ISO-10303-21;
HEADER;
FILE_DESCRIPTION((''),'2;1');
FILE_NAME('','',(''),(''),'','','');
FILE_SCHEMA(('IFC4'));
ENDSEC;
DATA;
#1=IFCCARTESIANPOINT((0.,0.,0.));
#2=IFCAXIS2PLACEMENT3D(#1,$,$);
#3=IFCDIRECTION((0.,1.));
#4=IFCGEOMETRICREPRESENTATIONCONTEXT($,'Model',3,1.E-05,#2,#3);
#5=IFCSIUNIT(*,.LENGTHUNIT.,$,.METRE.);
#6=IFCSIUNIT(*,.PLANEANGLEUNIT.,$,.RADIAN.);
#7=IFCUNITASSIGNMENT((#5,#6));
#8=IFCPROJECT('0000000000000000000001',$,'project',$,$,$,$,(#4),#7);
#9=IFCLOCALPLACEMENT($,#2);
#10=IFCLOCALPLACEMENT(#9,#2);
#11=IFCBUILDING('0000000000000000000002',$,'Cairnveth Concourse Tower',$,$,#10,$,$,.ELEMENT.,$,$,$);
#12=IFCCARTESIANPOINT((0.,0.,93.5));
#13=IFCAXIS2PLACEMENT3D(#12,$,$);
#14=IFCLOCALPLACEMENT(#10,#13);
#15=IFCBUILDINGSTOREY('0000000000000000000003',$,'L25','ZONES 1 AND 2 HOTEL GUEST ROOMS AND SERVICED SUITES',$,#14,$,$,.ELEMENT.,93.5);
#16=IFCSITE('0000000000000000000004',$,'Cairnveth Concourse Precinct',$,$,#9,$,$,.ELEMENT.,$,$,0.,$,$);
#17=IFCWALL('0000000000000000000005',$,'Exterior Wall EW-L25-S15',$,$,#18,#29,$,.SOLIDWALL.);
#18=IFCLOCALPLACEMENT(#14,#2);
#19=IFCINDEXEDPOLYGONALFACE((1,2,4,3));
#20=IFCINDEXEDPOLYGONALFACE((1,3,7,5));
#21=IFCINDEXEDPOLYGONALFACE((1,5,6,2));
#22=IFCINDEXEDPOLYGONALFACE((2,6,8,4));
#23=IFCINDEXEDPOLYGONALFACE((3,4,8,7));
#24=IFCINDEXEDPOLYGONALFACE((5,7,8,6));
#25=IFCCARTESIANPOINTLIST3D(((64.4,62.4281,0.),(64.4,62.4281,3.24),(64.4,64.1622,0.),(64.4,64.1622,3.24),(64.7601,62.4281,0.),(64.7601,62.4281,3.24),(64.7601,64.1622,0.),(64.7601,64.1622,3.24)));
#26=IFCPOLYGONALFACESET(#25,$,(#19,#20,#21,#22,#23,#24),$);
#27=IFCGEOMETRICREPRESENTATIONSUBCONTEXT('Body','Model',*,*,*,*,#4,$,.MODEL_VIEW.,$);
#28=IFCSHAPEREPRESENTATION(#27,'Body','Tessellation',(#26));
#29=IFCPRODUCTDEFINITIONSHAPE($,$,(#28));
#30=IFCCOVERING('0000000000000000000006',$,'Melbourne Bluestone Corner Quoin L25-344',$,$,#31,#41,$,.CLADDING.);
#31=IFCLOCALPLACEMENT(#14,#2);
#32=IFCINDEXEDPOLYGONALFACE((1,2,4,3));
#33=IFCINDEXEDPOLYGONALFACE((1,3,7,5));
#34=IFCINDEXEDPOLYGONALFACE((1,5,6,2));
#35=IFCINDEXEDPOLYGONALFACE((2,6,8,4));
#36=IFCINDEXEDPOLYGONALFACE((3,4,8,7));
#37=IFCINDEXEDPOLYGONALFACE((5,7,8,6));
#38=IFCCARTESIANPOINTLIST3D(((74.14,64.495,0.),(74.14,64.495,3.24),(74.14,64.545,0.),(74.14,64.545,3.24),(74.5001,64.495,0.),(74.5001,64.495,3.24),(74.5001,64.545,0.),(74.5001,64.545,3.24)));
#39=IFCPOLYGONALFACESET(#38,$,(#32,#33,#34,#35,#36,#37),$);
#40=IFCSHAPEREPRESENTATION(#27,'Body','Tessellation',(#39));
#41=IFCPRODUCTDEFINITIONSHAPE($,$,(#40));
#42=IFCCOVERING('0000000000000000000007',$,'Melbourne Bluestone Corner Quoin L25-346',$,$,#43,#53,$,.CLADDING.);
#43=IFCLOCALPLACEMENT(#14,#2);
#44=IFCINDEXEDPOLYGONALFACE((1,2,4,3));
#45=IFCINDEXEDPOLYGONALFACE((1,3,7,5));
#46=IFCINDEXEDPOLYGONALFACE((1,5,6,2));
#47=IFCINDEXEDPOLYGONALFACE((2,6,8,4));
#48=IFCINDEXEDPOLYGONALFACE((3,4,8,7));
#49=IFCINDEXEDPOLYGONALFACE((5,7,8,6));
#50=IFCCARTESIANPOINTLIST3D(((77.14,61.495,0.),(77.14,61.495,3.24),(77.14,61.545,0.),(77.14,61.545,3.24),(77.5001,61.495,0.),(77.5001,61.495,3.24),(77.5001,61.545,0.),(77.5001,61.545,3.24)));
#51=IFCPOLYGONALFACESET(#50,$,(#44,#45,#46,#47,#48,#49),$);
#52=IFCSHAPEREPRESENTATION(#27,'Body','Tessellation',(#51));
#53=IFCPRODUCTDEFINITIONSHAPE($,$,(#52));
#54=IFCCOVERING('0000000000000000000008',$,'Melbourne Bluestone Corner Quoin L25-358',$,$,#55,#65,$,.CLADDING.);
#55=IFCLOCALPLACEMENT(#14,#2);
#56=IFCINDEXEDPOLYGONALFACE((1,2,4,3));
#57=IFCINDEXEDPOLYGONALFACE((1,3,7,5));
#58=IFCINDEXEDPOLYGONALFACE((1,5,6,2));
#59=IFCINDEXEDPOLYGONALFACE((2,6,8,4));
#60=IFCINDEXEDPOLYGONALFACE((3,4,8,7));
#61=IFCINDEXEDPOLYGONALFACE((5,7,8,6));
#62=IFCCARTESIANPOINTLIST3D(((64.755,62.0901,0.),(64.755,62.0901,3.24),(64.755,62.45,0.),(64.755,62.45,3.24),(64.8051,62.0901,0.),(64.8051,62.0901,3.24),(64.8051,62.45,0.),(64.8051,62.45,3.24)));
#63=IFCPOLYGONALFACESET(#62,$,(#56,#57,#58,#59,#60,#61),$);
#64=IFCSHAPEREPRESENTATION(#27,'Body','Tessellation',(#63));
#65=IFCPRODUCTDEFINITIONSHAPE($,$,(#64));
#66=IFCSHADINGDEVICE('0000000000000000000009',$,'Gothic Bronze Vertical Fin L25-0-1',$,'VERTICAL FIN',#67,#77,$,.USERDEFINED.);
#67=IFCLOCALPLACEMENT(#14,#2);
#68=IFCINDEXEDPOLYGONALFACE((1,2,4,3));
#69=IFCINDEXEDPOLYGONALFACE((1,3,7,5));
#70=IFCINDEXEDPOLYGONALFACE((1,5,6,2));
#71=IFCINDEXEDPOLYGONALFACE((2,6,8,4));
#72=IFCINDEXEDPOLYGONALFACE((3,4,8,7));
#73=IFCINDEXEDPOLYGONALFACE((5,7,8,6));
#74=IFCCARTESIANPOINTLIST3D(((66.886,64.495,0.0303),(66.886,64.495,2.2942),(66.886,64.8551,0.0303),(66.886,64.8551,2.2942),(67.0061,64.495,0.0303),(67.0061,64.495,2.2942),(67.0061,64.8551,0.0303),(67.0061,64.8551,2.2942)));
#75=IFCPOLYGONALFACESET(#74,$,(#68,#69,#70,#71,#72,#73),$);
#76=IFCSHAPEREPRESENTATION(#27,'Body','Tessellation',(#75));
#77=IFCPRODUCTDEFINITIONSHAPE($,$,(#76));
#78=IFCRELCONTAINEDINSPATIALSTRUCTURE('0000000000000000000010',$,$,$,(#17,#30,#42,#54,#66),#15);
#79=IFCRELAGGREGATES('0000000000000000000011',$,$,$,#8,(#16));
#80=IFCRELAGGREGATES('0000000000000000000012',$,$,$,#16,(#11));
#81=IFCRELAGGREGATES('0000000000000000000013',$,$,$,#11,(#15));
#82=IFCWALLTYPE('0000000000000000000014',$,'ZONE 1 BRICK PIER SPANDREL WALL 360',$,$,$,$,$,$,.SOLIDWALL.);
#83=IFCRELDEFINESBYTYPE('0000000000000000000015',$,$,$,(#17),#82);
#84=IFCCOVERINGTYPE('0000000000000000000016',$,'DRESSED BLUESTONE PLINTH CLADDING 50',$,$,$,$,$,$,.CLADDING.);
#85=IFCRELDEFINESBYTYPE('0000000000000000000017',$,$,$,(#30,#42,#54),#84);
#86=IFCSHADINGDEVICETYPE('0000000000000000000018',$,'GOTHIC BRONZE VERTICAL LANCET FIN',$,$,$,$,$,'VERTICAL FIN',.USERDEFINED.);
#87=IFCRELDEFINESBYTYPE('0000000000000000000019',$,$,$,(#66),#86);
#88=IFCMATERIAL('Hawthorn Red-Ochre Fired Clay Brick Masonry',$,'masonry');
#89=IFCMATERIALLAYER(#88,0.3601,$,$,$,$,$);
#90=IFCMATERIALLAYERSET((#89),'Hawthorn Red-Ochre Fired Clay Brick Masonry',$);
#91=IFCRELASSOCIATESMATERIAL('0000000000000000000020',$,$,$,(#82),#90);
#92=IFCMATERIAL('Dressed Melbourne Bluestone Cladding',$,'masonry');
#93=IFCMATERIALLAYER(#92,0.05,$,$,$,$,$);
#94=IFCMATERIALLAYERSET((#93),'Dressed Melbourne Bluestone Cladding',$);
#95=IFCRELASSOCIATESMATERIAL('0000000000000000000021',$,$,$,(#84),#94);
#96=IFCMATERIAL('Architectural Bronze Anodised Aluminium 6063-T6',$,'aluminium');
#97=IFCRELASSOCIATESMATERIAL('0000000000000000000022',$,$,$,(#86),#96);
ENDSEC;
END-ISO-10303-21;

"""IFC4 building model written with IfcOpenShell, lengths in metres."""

from ifc_helpers import new_model, si_unit, direction, frame, frame_2d, origin, origin_2d, place, context, subcontext, project, spatial, rectangle, extrude, material, layer, layer_set, type_object, element, save


model = new_model("IFC4")

# Units and contexts
model_context = context("Model", 3, precision=1e-05, world=origin(), true_north=direction((0.0, 1.0)))
body_context = subcontext(model_context, "Body", "Model", "MODEL_VIEW")
ifc_project = project(units=[si_unit("LENGTHUNIT", "METRE"), si_unit("PLANEANGLEUNIT", "RADIAN")], contexts=[model_context])

# Site, building, storey
site_placement = place(None, origin())
site = spatial("IfcSite", under=ifc_project, at=site_placement, Name="Cairnveth Concourse Precinct", CompositionType="ELEMENT", RefElevation=0.0)
building_placement = place(site_placement, origin())
building = spatial("IfcBuilding", under=site, at=building_placement, Name="Cairnveth Concourse Tower", CompositionType="ELEMENT")
storey_placement = place(building_placement, frame((0.0, 0.0, 93.5)))
storey = spatial("IfcBuildingStorey", under=building, at=storey_placement, Name="L25", Description="ZONES 1 AND 2 HOTEL GUEST ROOMS AND SERVICED SUITES", CompositionType="ELEMENT", Elevation=93.5)

# Shared definitions
ifc_material_1 = material(Name="Hawthorn Red-Ochre Fired Clay Brick Masonry", Category="masonry")
ifc_layer_1 = layer(ifc_material_1, 0.3601)
ifc_layer_set_1 = layer_set([ifc_layer_1], Name="Hawthorn Red-Ochre Fired Clay Brick Masonry")
wall_type = type_object("IfcWallType", Name="ZONE 1 BRICK PIER SPANDREL WALL 360", PredefinedType="SOLIDWALL", material=ifc_layer_set_1)

# Wall
wall_1_placement = place(storey_placement, frame((64.5801, 62.428, 0.0), z_axis=(0.0, 0.0, 1.0), x_axis=(0.0, 1.0, 0.0)))
element("IfcWall", 1, at=wall_1_placement, inside=storey, type_object=wall_type, Name="Exterior Wall EW-L25-S15", PredefinedType="SOLIDWALL", context=body_context, shape_type="SweptSolid", body=[
    extrude(rectangle(XDim=1.7341, YDim=0.3601, at=frame_2d((0.8672, 0.0))), origin(), (0.0, 0.0, 1.0), 3.24),
])

# Coverings
ifc_material_2 = material(Name="Dressed Melbourne Bluestone Cladding", Category="masonry")
ifc_layer_2 = layer(ifc_material_2, 0.05)
ifc_layer_set_2 = layer_set([ifc_layer_2], Name="Dressed Melbourne Bluestone Cladding")
covering_type = type_object("IfcCoveringType", Name="DRESSED BLUESTONE PLINTH CLADDING 50", PredefinedType="CLADDING", material=ifc_layer_set_2)
for number, where, z_axis, x_axis, name in (
    (2, (74.1399, 64.52, 0.0), (0.0, 0.0, 1.0), (1.0, 0.0, 0.0), "Melbourne Bluestone Corner Quoin L25-344"),
    (3, (77.1399, 61.52, 0.0), (0.0, 0.0, 1.0), (1.0, 0.0, 0.0), "Melbourne Bluestone Corner Quoin L25-346"),
):
    element("IfcCovering", number, at=place(storey_placement, frame(where, z_axis=z_axis, x_axis=x_axis)), inside=storey, type_object=covering_type, Name=name, PredefinedType="CLADDING", context=body_context, shape_type="SweptSolid", body=[
        extrude(rectangle(XDim=0.3601, YDim=0.05, at=frame_2d((0.1802, 0.0))), origin(), (0.0, 0.0, 1.0), 3.24),
    ])
covering_placement = place(storey_placement, frame((64.78, 62.0901, 0.0), z_axis=(0.0, 0.0, 1.0), x_axis=(0.0, 1.0, 0.0)))
element("IfcCovering", 4, at=covering_placement, inside=storey, type_object=covering_type, Name="Melbourne Bluestone Corner Quoin L25-358", PredefinedType="CLADDING", context=body_context, shape_type="SweptSolid", body=[
    extrude(rectangle(XDim=0.3599, YDim=0.05, at=frame_2d((0.1799, 0.0))), origin(), (0.0, 0.0, 1.0), 3.24),
])

# Shading device
ifc_material_3 = material(Name="Architectural Bronze Anodised Aluminium 6063-T6", Category="aluminium")
shading_device_type = type_object("IfcShadingDeviceType", Name="GOTHIC BRONZE VERTICAL LANCET FIN", ElementType="VERTICAL FIN", PredefinedType="USERDEFINED", material=ifc_material_3)
shading_device_placement = place(storey_placement, frame((66.946, 64.675, 0.0303), z_axis=(0.0, 0.0, 1.0), x_axis=(1.0, 0.0, 0.0)))
element("IfcShadingDevice", 5, at=shading_device_placement, inside=storey, type_object=shading_device_type, Name="Gothic Bronze Vertical Fin L25-0-1", ObjectType="VERTICAL FIN", PredefinedType="USERDEFINED", context=body_context, shape_type="SweptSolid", body=[
    extrude(rectangle(XDim=0.1201, YDim=0.3601, at=origin_2d()), origin(), (0.0, 0.0, 1.0), 2.2639),
])

save(model, "model.ifc")
